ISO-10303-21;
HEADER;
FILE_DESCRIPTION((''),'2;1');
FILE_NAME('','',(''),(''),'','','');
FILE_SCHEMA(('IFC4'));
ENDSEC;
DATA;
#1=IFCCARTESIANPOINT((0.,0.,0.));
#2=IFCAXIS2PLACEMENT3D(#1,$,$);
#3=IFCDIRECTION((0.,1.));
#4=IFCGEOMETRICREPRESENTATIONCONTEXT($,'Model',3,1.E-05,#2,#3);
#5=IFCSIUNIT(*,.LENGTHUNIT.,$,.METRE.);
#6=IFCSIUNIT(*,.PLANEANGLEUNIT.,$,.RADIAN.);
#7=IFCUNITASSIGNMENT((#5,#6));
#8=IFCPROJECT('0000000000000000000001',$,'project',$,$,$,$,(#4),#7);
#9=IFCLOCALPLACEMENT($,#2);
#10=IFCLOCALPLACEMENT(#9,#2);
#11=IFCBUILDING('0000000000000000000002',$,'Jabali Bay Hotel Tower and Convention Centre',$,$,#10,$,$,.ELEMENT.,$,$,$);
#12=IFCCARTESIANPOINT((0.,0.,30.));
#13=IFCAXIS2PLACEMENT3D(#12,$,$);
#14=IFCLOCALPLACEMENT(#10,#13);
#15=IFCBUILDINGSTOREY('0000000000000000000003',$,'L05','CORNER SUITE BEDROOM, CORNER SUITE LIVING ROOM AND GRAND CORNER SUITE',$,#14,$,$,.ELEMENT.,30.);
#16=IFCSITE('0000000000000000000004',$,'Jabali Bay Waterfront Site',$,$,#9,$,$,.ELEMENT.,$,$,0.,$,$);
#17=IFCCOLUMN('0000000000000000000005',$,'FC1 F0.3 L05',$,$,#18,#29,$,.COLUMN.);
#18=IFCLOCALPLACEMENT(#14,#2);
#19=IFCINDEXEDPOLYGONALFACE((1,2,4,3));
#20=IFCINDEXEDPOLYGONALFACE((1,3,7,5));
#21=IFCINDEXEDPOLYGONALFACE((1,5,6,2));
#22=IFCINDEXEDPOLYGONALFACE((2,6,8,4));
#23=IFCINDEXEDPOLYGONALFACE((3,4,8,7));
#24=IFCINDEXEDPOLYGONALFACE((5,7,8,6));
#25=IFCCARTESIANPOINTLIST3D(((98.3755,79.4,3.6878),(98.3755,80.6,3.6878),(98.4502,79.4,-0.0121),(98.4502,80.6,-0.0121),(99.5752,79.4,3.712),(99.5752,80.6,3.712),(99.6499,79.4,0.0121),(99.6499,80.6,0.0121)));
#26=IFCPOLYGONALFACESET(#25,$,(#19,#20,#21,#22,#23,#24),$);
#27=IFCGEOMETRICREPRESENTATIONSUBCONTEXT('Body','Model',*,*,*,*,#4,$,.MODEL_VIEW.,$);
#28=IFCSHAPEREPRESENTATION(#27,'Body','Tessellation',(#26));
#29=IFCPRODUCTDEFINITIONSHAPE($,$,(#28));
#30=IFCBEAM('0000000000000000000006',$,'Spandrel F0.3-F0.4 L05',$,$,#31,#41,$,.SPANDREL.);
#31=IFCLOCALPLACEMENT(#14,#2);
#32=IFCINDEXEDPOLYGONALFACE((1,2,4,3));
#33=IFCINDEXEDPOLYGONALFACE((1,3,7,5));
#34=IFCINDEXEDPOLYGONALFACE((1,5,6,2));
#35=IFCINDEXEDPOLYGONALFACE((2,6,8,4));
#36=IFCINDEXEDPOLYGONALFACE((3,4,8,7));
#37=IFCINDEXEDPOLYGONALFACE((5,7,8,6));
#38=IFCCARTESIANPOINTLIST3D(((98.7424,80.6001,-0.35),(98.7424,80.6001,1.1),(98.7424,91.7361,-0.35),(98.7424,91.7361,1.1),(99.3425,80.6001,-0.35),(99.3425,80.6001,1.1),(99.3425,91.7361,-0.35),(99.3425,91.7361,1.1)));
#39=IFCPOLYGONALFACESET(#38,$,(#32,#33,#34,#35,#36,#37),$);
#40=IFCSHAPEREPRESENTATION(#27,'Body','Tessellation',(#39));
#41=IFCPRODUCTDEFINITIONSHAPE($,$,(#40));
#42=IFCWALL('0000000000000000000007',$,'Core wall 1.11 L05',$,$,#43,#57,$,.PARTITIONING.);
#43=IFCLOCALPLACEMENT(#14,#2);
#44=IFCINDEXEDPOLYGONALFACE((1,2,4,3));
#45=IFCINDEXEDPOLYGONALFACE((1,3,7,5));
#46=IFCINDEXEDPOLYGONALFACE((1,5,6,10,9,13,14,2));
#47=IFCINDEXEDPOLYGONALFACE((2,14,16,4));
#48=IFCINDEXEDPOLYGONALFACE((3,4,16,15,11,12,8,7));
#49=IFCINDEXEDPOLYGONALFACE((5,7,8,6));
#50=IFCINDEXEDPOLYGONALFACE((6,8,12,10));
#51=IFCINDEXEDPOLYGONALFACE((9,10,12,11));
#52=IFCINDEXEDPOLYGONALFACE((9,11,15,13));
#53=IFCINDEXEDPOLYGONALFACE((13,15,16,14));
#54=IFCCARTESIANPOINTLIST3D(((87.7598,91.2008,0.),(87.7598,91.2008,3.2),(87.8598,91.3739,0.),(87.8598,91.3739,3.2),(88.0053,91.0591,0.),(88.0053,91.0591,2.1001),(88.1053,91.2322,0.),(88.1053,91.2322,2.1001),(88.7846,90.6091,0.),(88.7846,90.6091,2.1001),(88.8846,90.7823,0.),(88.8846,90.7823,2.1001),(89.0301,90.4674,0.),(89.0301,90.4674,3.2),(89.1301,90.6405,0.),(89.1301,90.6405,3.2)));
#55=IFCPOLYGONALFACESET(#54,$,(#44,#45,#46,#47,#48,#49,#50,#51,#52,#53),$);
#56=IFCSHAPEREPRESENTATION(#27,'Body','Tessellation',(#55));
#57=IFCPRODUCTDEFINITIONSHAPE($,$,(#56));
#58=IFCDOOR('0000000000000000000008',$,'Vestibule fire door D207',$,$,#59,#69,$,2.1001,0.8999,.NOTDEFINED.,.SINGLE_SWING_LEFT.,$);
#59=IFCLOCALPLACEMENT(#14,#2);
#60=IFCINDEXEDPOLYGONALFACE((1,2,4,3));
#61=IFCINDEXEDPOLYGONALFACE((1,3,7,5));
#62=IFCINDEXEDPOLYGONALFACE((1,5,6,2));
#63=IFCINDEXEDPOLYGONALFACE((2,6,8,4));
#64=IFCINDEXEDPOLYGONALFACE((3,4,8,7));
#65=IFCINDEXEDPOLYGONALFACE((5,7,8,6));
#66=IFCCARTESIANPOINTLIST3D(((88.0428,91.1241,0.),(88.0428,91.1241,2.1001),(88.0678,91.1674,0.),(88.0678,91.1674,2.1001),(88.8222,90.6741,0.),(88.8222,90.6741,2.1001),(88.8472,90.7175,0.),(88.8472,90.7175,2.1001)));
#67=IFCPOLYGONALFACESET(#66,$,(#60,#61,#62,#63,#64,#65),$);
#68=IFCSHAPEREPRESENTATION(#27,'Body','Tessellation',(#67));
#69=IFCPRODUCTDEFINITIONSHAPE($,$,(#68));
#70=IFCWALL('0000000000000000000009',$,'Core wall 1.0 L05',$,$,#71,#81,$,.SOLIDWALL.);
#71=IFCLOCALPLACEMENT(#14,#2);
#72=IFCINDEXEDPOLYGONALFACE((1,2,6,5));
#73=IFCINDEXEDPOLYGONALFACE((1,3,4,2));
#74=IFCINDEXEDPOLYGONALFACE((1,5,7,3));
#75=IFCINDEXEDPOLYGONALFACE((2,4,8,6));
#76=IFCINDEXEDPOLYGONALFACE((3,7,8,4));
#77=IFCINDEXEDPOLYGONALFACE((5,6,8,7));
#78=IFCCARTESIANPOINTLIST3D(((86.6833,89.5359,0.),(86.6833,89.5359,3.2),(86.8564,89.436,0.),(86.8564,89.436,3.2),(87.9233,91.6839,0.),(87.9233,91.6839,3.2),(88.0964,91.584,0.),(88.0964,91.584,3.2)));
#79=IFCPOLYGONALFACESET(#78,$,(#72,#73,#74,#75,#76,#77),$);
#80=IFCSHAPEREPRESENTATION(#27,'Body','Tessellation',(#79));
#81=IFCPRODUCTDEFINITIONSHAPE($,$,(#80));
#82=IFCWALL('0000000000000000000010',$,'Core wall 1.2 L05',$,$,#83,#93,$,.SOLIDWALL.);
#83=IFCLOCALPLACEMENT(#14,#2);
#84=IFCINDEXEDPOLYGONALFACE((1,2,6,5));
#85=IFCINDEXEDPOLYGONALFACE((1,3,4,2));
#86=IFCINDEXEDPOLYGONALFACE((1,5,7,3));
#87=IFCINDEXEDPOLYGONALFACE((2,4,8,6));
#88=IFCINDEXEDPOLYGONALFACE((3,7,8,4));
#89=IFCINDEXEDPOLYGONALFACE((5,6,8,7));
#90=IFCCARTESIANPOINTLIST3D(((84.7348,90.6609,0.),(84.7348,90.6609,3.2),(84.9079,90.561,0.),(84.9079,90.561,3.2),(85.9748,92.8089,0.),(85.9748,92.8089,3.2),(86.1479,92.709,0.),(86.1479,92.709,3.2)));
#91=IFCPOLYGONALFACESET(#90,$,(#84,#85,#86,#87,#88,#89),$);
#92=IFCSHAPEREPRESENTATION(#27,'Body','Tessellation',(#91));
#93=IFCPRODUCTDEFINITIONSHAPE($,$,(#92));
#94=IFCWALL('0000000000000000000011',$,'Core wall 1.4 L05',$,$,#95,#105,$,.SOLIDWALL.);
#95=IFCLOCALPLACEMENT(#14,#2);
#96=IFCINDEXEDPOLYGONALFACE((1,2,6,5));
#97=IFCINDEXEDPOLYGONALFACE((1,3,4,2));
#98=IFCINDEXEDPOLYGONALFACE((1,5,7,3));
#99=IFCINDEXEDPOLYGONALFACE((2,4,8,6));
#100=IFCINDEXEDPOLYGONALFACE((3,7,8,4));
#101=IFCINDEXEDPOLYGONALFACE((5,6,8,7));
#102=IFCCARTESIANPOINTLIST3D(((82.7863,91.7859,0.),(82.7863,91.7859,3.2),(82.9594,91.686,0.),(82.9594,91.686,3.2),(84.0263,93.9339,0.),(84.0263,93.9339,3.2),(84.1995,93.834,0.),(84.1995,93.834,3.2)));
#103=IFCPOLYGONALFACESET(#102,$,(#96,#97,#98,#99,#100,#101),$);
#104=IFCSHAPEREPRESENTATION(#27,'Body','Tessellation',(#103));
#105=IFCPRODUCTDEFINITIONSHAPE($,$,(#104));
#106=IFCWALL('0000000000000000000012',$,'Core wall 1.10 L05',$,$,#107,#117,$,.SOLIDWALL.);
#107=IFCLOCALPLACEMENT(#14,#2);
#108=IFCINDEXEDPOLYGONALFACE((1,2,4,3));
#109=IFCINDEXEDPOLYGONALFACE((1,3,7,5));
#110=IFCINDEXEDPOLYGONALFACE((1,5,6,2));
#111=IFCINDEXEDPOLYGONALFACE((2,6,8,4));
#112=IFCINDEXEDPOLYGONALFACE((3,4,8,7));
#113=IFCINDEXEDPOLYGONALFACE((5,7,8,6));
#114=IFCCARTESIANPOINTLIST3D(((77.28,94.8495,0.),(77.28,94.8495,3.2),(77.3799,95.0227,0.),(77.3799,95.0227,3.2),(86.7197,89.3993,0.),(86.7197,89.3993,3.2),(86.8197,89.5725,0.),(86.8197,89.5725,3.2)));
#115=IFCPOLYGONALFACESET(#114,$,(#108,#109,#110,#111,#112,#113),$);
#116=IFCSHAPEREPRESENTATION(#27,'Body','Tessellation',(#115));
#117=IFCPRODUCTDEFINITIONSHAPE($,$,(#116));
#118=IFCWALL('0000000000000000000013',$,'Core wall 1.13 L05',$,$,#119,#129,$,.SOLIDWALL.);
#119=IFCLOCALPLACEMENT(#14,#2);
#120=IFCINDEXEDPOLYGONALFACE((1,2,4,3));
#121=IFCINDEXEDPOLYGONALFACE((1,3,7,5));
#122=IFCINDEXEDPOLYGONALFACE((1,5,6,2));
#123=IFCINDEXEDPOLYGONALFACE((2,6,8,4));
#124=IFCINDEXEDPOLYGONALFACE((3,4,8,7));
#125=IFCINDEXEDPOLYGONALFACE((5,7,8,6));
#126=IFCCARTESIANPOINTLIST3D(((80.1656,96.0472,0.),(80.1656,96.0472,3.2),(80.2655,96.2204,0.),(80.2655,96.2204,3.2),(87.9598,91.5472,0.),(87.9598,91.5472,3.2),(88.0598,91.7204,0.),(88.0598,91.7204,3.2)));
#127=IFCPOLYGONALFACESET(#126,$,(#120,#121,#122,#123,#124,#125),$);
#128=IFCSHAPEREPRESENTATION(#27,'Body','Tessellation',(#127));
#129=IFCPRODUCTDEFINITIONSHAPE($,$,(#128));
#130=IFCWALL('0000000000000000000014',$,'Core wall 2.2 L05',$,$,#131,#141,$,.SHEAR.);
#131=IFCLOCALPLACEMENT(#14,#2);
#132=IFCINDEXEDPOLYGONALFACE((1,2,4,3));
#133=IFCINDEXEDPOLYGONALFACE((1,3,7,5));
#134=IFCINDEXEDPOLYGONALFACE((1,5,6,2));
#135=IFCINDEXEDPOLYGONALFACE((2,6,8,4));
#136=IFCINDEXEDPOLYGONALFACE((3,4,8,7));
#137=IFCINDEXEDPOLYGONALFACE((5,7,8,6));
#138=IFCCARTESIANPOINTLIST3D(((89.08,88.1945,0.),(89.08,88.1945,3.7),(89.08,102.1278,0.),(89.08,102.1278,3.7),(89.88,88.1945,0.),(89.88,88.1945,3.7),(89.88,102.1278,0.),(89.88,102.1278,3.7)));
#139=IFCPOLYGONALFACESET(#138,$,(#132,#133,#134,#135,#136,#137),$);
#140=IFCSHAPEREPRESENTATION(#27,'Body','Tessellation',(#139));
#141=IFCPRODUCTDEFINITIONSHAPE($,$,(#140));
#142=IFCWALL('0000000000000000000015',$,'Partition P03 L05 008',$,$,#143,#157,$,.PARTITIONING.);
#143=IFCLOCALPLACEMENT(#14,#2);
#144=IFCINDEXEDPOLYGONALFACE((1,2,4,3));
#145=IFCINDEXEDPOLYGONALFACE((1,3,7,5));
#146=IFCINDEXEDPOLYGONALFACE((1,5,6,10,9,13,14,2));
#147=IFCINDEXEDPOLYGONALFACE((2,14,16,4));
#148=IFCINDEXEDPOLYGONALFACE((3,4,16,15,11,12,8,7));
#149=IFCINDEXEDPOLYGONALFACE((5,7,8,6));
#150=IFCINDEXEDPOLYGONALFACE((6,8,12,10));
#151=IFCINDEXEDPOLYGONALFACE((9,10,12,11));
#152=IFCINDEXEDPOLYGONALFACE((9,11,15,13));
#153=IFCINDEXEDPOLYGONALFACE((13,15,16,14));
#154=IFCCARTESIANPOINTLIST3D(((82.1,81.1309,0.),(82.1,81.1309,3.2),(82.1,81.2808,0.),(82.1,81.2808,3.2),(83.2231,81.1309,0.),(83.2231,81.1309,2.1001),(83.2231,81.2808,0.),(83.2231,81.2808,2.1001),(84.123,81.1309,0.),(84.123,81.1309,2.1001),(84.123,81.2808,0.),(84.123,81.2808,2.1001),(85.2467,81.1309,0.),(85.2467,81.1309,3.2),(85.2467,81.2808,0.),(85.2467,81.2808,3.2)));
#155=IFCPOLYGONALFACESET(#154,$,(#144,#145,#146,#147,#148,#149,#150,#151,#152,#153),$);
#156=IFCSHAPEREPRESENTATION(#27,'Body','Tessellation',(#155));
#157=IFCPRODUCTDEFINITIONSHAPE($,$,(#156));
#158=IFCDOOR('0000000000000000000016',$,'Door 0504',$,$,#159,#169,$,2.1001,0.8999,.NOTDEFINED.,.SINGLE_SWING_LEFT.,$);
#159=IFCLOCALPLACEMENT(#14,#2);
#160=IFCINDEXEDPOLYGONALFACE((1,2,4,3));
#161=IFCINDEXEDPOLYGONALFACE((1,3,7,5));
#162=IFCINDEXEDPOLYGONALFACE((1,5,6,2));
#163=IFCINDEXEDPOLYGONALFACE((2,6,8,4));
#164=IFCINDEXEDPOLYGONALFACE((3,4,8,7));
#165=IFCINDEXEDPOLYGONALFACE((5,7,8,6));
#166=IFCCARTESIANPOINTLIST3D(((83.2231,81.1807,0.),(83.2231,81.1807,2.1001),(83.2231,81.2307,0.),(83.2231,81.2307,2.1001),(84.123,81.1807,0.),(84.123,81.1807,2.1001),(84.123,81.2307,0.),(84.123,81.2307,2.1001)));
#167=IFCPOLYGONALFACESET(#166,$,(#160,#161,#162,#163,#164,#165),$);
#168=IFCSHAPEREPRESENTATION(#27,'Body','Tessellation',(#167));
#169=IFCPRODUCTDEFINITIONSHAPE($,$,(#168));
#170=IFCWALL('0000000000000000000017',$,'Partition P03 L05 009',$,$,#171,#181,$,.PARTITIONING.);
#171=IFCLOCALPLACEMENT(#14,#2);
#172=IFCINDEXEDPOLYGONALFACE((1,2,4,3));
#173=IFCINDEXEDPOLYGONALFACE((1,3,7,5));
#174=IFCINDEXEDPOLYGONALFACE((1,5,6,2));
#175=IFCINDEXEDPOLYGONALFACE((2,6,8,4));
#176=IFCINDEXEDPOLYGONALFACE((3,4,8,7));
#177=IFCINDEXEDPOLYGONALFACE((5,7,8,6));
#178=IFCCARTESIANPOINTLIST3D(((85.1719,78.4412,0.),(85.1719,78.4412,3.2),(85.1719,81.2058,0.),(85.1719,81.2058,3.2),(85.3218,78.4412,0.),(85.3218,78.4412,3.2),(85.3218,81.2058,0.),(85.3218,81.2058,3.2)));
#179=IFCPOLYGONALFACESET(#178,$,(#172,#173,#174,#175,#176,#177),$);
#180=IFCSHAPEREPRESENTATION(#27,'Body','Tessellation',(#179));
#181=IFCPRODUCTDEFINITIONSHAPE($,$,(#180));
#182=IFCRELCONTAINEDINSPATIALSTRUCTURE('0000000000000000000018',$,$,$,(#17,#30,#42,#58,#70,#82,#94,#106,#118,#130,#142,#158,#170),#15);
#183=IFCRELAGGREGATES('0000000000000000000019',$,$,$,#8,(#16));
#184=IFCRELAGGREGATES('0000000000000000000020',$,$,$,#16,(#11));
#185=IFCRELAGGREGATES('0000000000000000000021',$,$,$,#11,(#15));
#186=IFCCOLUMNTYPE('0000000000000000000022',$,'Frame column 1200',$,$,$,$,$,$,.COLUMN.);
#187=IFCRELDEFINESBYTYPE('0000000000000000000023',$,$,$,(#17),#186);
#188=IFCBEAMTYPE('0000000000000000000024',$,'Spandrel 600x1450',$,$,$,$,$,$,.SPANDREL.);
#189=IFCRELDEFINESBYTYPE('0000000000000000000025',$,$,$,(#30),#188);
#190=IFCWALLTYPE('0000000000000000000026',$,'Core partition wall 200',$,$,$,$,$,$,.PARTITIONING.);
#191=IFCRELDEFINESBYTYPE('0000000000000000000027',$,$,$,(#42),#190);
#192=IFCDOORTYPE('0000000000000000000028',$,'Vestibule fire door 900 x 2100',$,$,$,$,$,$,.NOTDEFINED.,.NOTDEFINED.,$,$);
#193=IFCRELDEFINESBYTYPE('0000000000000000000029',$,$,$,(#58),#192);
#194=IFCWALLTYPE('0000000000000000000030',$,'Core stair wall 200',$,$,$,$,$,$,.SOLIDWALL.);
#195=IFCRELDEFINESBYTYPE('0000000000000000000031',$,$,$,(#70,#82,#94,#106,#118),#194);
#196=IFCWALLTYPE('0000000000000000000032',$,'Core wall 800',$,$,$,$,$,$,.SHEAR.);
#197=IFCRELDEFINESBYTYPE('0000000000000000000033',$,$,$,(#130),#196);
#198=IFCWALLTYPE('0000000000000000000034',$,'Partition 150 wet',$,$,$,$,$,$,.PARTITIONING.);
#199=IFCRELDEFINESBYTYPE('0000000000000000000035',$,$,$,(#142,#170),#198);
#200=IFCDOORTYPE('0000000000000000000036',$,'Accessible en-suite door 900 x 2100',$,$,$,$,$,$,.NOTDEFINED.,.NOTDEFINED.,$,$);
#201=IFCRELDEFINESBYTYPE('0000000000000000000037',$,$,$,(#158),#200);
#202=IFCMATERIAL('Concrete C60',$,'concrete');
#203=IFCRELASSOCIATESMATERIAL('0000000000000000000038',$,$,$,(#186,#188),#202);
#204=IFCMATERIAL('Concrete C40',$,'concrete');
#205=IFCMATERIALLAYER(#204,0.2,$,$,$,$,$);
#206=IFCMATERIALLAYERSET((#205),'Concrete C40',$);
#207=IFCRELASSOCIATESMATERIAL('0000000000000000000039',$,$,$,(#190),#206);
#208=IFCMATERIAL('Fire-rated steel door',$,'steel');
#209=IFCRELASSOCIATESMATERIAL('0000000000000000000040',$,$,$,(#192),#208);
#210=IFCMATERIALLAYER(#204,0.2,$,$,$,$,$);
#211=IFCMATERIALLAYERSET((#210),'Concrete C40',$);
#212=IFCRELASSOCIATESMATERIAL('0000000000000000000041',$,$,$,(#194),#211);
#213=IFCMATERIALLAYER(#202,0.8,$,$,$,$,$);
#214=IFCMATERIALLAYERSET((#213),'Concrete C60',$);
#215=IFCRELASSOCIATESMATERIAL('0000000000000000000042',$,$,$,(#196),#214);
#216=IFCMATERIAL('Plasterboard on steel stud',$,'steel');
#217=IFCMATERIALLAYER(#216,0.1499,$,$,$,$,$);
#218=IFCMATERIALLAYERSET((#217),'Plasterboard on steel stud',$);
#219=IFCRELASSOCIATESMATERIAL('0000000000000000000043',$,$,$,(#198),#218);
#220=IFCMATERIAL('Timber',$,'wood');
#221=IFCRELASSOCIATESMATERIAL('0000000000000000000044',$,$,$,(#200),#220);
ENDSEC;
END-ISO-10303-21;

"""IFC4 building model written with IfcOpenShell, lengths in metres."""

from ifc_helpers import new_model, si_unit, direction, frame, frame_2d, origin, origin_2d, place, context, subcontext, project, spatial, rectangle, extrude, material, layer, layer_set, material_profile, profile_set, type_object, element, fill, save


model = new_model("IFC4")

# Units and contexts
model_context = context("Model", 3, precision=1e-05, world=origin(), true_north=direction((0.0, 1.0)))
body_context = subcontext(model_context, "Body", "Model", "MODEL_VIEW")
ifc_project = project(units=[si_unit("LENGTHUNIT", "METRE"), si_unit("PLANEANGLEUNIT", "RADIAN")], contexts=[model_context])

# Site, building, storey
site_placement = place(None, origin())
site = spatial("IfcSite", under=ifc_project, at=site_placement, Name="Jabali Bay Waterfront Site", CompositionType="ELEMENT", RefElevation=0.0)
building_placement = place(site_placement, origin())
building = spatial("IfcBuilding", under=site, at=building_placement, Name="Jabali Bay Hotel Tower and Convention Centre", CompositionType="ELEMENT")
storey_placement = place(building_placement, frame((0.0, 0.0, 30.0)))
storey = spatial("IfcBuildingStorey", under=building, at=storey_placement, Name="L05", Description="CORNER SUITE BEDROOM, CORNER SUITE LIVING ROOM AND GRAND CORNER SUITE", CompositionType="ELEMENT", Elevation=30.0)

# Column
ifc_material_1 = material(Name="Concrete C60", Category="concrete")
ifc_material_profile_1 = material_profile(ifc_material_1, rectangle(XDim=1.2, YDim=1.2, at=origin_2d()), Name="Frame column 1200")
ifc_profile_set_1 = profile_set([ifc_material_profile_1], Name="Concrete C60")
column_type = type_object("IfcColumnType", Name="Frame column 1200", PredefinedType="COLUMN", material=ifc_profile_set_1)
column_placement = place(storey_placement, frame((99.05, 80.0, 0.0), z_axis=(-0.020187, 0.0, 0.999796), x_axis=(0.0, -1.0, 0.0)))
element("IfcColumn", 1, at=column_placement, inside=storey, type_object=column_type, Name="FC1 F0.3 L05", PredefinedType="COLUMN", context=body_context, shape_type="SweptSolid", body=[
    extrude(rectangle(XDim=1.2, YDim=1.2, at=origin_2d()), origin(), (0.0, 0.0, 1.0), 3.7007),
])

# Beam
ifc_material_profile_2 = material_profile(ifc_material_1, rectangle(XDim=0.6001, YDim=1.45, at=origin_2d()), Name="Spandrel 600x1450")
ifc_profile_set_2 = profile_set([ifc_material_profile_2], Name="Concrete C60")
beam_type = type_object("IfcBeamType", Name="Spandrel 600x1450", PredefinedType="SPANDREL", material=ifc_profile_set_2)
beam_placement = place(storey_placement, frame((99.0425, 80.6001, 0.375), z_axis=(0.0, 1.0, 0.0), x_axis=(-1.0, 0.0, 0.0)))
element("IfcBeam", 2, at=beam_placement, inside=storey, type_object=beam_type, Name="Spandrel F0.3-F0.4 L05", PredefinedType="SPANDREL", context=body_context, shape_type="SweptSolid", body=[
    extrude(rectangle(XDim=0.6001, YDim=1.45, at=origin_2d()), origin(), (0.0, 0.0, 1.0), 11.136),
])

# Wall, opening, door
ifc_material_2 = material(Name="Concrete C40", Category="concrete")
ifc_layer_1 = layer(ifc_material_2, 0.2)
ifc_layer_set_1 = layer_set([ifc_layer_1], Name="Concrete C40")
wall_type_1 = type_object("IfcWallType", Name="Core partition wall 200", PredefinedType="PARTITIONING", material=ifc_layer_set_1)
wall_1_placement = place(storey_placement, frame((89.0801, 90.554, 0.0), z_axis=(0.0, 0.0, 1.0), x_axis=(-0.866022, 0.500006, 0.0)))
wall_1 = element("IfcWall", 3, at=wall_1_placement, inside=storey, type_object=wall_type_1, Name="Core wall 1.11 L05", PredefinedType="PARTITIONING", context=body_context, shape_type="SweptSolid", body=[
    extrude(rectangle(XDim=1.4668, YDim=0.2, at=frame_2d((0.7334, 0.0))), origin(), (0.0, 0.0, 1.0), 3.2),
])
opening_1_placement = place(wall_1_placement, frame((0.2834, 0.0, 0.0)))
opening_1 = element("IfcOpeningElement", 4, at=opening_1_placement, cuts=wall_1, PredefinedType="OPENING", context=body_context, shape_type="SweptSolid", body=[
    extrude(rectangle(XDim=0.8999, YDim=2.1001, at=frame_2d((0.45, 1.05))), frame((0.0, 0.1104, 0.0), z_axis=(0.0, -1.0, 0.0), x_axis=(1.0, 0.0, 0.0)), (0.0, 0.0, 1.0), 0.2209),
])
ifc_material_3 = material(Name="Fire-rated steel door", Category="steel")
door_type_1 = type_object("IfcDoorType", Name="Vestibule fire door 900 x 2100", OperationType="NOTDEFINED", PredefinedType="NOTDEFINED", material=ifc_material_3)
door_1_placement = place(opening_1_placement, origin())
door_1 = element("IfcDoor", 5, at=door_1_placement, inside=storey, type_object=door_type_1, Name="Vestibule fire door D207", OperationType="SINGLE_SWING_LEFT", OverallHeight=2.1001, OverallWidth=0.8999, PredefinedType="NOTDEFINED", context=body_context, shape_type="SweptSolid", body=[
    extrude(rectangle(XDim=0.8999, YDim=2.1001, at=frame_2d((0.45, 1.05))), frame((0.0, 0.0249, 0.0), z_axis=(0.0, -1.0, 0.0), x_axis=(1.0, 0.0, 0.0)), (0.0, 0.0, 1.0), 0.05),
])
fill(opening_1, door_1)

# Walls
ifc_layer_2 = layer(ifc_material_2, 0.2)
ifc_layer_set_2 = layer_set([ifc_layer_2], Name="Concrete C40")
wall_type_2 = type_object("IfcWallType", Name="Core stair wall 200", PredefinedType="SOLIDWALL", material=ifc_layer_set_2)
for number, where, z_axis, x_axis, name in (
    (6, (86.7698, 89.4858, 0.0), (0.0, 0.0, 1.0), (0.499961, 0.866048, 0.0), "Core wall 1.0 L05"),
    (7, (84.8213, 90.6108, 0.0), (0.0, 0.0, 1.0), (0.499961, 0.866048, 0.0), "Core wall 1.2 L05"),
    (8, (82.8728, 91.7358, 0.0), (0.0, 0.0, 1.0), (0.499961, 0.866048, 0.0), "Core wall 1.4 L05"),
):
    element("IfcWall", number, at=place(storey_placement, frame(where, z_axis=z_axis, x_axis=x_axis)), inside=storey, type_object=wall_type_2, Name=name, PredefinedType="SOLIDWALL", context=body_context, shape_type="SweptSolid", body=[
        extrude(rectangle(XDim=2.4802, YDim=0.2, at=frame_2d((1.2402, 0.0))), origin(), (0.0, 0.0, 1.0), 3.2),
    ])
wall_2_placement = place(storey_placement, frame((86.7698, 89.4858, 0.0), z_axis=(0.0, 0.0, 1.0), x_axis=(-0.866018, 0.500013, 0.0)))
element("IfcWall", 9, at=wall_2_placement, inside=storey, type_object=wall_type_2, Name="Core wall 1.10 L05", PredefinedType="SOLIDWALL", context=body_context, shape_type="SweptSolid", body=[
    extrude(rectangle(XDim=10.9001, YDim=0.2, at=frame_2d((5.4502, 0.0))), origin(), (0.0, 0.0, 1.0), 3.2),
])
wall_3_placement = place(storey_placement, frame((88.0098, 91.6338, 0.0), z_axis=(0.0, 0.0, 1.0), x_axis=(-0.866024, 0.500002, 0.0)))
element("IfcWall", 10, at=wall_3_placement, inside=storey, type_object=wall_type_2, Name="Core wall 1.13 L05", PredefinedType="SOLIDWALL", context=body_context, shape_type="SweptSolid", body=[
    extrude(rectangle(XDim=9.0, YDim=0.2, at=frame_2d((4.5, 0.0))), origin(), (0.0, 0.0, 1.0), 3.2),
])
ifc_layer_3 = layer(ifc_material_1, 0.8)
ifc_layer_set_3 = layer_set([ifc_layer_3], Name="Concrete C60")
wall_type_3 = type_object("IfcWallType", Name="Core wall 800", PredefinedType="SHEAR", material=ifc_layer_set_3)
wall_4_placement = place(storey_placement, frame((89.48, 88.1943, 0.0), z_axis=(0.0, 0.0, 1.0), x_axis=(0.0, 1.0, 0.0)))
element("IfcWall", 11, at=wall_4_placement, inside=storey, type_object=wall_type_3, Name="Core wall 2.2 L05", PredefinedType="SHEAR", context=body_context, shape_type="SweptSolid", body=[
    extrude(rectangle(XDim=13.9333, YDim=0.8, at=frame_2d((6.9668, 0.0))), origin(), (0.0, 0.0, 1.0), 3.7),
])

# Wall, opening, door
ifc_material_4 = material(Name="Plasterboard on steel stud", Category="steel")
ifc_layer_4 = layer(ifc_material_4, 0.1499)
ifc_layer_set_4 = layer_set([ifc_layer_4], Name="Plasterboard on steel stud")
wall_type_4 = type_object("IfcWallType", Name="Partition 150 wet", PredefinedType="PARTITIONING", material=ifc_layer_set_4)
wall_5_placement = place(storey_placement, frame((82.1001, 81.2058, 0.0), z_axis=(0.0, 0.0, 1.0), x_axis=(1.0, 0.0, 0.0)))
wall_5 = element("IfcWall", 12, at=wall_5_placement, inside=storey, type_object=wall_type_4, Name="Partition P03 L05 008", PredefinedType="PARTITIONING", context=body_context, shape_type="SweptSolid", body=[
    extrude(rectangle(XDim=3.1467, YDim=0.1499, at=frame_2d((1.5732, 0.0))), origin(), (0.0, 0.0, 1.0), 3.2),
])
opening_2_placement = place(wall_5_placement, frame((1.123, 0.0, 0.0)))
opening_2 = element("IfcOpeningElement", 13, at=opening_2_placement, cuts=wall_5, PredefinedType="OPENING", context=body_context, shape_type="SweptSolid", body=[
    extrude(rectangle(XDim=0.8999, YDim=2.1001, at=frame_2d((0.45, 1.05))), frame((0.0, 0.0854, 0.0), z_axis=(0.0, -1.0, 0.0), x_axis=(1.0, 0.0, 0.0)), (0.0, 0.0, 1.0), 0.1709),
])
ifc_material_5 = material(Name="Timber", Category="wood")
door_type_2 = type_object("IfcDoorType", Name="Accessible en-suite door 900 x 2100", OperationType="NOTDEFINED", PredefinedType="NOTDEFINED", material=ifc_material_5)
door_2_placement = place(opening_2_placement, origin())
door_2 = element("IfcDoor", 14, at=door_2_placement, inside=storey, type_object=door_type_2, Name="Door 0504", OperationType="SINGLE_SWING_LEFT", OverallHeight=2.1001, OverallWidth=0.8999, PredefinedType="NOTDEFINED", context=body_context, shape_type="SweptSolid", body=[
    extrude(rectangle(XDim=0.8999, YDim=2.1001, at=frame_2d((0.45, 1.05))), frame((0.0, 0.0249, 0.0), z_axis=(0.0, -1.0, 0.0), x_axis=(1.0, 0.0, 0.0)), (0.0, 0.0, 1.0), 0.05),
])
fill(opening_2, door_2)

# Wall
wall_6_placement = place(storey_placement, frame((85.2468, 81.2058, 0.0), z_axis=(0.0, 0.0, 1.0), x_axis=(0.0, -1.0, 0.0)))
element("IfcWall", 15, at=wall_6_placement, inside=storey, type_object=wall_type_4, Name="Partition P03 L05 009", PredefinedType="PARTITIONING", context=body_context, shape_type="SweptSolid", body=[
    extrude(rectangle(XDim=2.7646, YDim=0.1499, at=frame_2d((1.3823, 0.0))), origin(), (0.0, 0.0, 1.0), 3.2),
])

save(model, "model.ifc")
